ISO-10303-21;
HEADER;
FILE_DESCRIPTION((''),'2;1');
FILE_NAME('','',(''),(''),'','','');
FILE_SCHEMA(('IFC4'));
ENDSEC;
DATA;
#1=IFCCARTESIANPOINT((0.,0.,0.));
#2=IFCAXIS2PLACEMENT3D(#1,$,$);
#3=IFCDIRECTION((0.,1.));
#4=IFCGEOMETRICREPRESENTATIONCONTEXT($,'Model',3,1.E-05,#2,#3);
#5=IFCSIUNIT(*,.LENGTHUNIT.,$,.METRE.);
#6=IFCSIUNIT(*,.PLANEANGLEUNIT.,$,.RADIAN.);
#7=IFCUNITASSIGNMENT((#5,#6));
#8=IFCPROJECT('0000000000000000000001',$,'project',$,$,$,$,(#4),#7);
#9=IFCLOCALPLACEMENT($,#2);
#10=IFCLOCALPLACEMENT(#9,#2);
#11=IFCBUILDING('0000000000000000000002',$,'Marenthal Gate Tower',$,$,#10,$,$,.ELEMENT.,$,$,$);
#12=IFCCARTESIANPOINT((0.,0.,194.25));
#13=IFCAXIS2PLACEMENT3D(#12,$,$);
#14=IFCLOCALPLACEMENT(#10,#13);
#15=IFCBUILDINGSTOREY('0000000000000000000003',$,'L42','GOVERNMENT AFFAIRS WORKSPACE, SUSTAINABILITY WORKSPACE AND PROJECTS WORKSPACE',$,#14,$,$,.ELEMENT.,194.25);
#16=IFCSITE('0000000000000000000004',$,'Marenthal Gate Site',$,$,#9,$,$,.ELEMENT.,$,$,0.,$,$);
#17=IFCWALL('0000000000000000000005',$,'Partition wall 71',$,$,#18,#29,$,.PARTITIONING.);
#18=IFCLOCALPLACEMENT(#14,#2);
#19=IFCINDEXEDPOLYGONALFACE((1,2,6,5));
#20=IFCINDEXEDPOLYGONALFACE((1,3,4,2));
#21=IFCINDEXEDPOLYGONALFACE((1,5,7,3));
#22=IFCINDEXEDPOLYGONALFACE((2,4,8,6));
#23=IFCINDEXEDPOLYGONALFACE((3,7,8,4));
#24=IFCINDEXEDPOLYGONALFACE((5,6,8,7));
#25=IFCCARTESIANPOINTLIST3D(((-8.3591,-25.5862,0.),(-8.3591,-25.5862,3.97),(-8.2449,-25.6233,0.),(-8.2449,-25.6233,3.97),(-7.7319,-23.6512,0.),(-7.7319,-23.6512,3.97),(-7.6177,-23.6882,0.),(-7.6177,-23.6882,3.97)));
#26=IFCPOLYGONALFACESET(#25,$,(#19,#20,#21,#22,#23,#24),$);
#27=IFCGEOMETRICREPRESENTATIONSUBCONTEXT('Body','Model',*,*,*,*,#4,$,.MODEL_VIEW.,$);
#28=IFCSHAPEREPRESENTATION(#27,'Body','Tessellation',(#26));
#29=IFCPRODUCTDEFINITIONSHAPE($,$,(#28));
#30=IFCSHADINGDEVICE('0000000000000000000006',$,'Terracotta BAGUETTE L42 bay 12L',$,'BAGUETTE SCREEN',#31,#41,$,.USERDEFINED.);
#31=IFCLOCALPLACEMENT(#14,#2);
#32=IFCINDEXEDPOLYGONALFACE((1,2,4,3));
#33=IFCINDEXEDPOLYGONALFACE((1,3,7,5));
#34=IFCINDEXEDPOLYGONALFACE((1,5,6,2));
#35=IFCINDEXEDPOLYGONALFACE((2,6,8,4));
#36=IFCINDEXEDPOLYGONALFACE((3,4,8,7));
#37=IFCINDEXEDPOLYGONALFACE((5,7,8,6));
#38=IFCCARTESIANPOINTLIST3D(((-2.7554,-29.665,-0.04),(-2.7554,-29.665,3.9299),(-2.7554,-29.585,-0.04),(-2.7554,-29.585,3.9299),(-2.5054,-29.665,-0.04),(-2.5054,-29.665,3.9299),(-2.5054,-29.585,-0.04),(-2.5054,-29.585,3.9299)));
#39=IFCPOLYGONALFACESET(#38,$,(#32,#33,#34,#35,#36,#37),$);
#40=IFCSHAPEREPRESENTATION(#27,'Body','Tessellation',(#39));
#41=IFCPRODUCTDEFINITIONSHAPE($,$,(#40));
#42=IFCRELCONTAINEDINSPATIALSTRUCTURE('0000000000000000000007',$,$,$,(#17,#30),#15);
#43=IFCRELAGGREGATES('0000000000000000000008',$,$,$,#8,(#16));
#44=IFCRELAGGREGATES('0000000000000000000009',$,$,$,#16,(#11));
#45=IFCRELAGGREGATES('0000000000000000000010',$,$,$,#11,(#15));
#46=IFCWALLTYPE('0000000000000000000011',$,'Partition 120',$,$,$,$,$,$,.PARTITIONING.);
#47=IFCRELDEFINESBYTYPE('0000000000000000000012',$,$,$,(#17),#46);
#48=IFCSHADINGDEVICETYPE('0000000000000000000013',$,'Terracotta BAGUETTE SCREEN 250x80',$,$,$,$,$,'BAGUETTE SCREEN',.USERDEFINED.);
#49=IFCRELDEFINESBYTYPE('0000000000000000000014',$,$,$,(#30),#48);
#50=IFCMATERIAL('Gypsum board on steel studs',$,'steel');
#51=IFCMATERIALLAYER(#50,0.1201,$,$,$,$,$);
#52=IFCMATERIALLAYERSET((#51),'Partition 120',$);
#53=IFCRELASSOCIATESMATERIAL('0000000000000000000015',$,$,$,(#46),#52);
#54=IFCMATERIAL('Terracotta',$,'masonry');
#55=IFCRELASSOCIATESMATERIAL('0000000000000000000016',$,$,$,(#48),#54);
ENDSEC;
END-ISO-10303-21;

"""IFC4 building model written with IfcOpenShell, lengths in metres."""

from ifc_helpers import new_model, si_unit, direction, frame, frame_2d, origin, origin_2d, place, context, subcontext, project, spatial, rectangle, extrude, material, layer, layer_set, material_profile, profile_set, type_object, element, save


model = new_model("IFC4")

# Units and contexts
model_context = context("Model", 3, precision=1e-05, world=origin(), true_north=direction((0.0, 1.0)))
body_context = subcontext(model_context, "Body", "Model", "MODEL_VIEW")
ifc_project = project(units=[si_unit("LENGTHUNIT", "METRE"), si_unit("PLANEANGLEUNIT", "RADIAN")], contexts=[model_context])

# Site, building, storey
site_placement = place(None, origin())
site = spatial("IfcSite", under=ifc_project, at=site_placement, Name="Marenthal Gate Site", CompositionType="ELEMENT", RefElevation=0.0)
building_placement = place(site_placement, origin())
building = spatial("IfcBuilding", under=site, at=building_placement, Name="Marenthal Gate Tower", CompositionType="ELEMENT")
storey_placement = place(building_placement, frame((0.0, 0.0, 194.25)))
storey = spatial("IfcBuildingStorey", under=building, at=storey_placement, Name="L42", Description="GOVERNMENT AFFAIRS WORKSPACE, SUSTAINABILITY WORKSPACE AND PROJECTS WORKSPACE", CompositionType="ELEMENT", Elevation=194.25)

# Wall
ifc_material_1 = material(Name="Gypsum board on steel studs", Category="steel")
ifc_layer_1 = layer(ifc_material_1, 0.1201)
ifc_layer_set_1 = layer_set([ifc_layer_1], Name="Partition 120")
wall_type_1 = type_object("IfcWallType", Name="Partition 120", PredefinedType="PARTITIONING", material=ifc_layer_set_1)
wall_1_placement = place(storey_placement, frame((-7.6748, -23.6697, 0.0), z_axis=(0.0, 0.0, 1.0), x_axis=(-0.308332, -0.951279, 0.0)))
element("IfcWall", 1, at=wall_1_placement, inside=storey, type_object=wall_type_1, Name="Partition wall 71", PredefinedType="PARTITIONING", context=body_context, shape_type="SweptSolid", body=[
    extrude(rectangle(XDim=2.0342, YDim=0.1201, at=frame_2d((1.0171, 0.0))), origin(), (0.0, 0.0, 1.0), 3.97),
])

# Shading device
ifc_material_2 = material(Name="Terracotta", Category="masonry")
ifc_material_profile_1 = material_profile(ifc_material_2, rectangle(XDim=0.25, YDim=0.0801, at=origin_2d()), Name="Terracotta baguette 250x80")
ifc_profile_set_1 = profile_set([ifc_material_profile_1], Name="Terracotta")
shading_device_type = type_object("IfcShadingDeviceType", Name="Terracotta BAGUETTE SCREEN 250x80", ElementType="BAGUETTE SCREEN", PredefinedType="USERDEFINED", material=ifc_profile_set_1)
shading_device_placement = place(storey_placement, frame((-2.6304, -29.625, -0.04), z_axis=(0.0, 0.0, 1.0), x_axis=(1.0, 0.0, 0.0)))
element("IfcShadingDevice", 2, at=shading_device_placement, inside=storey, type_object=shading_device_type, Name="Terracotta BAGUETTE L42 bay 12L", ObjectType="BAGUETTE SCREEN", PredefinedType="USERDEFINED", context=body_context, shape_type="SweptSolid", body=[
    extrude(rectangle(XDim=0.25, YDim=0.0801, at=origin_2d()), origin(), (0.0, 0.0, 1.0), 3.97),
])

save(model, "model.ifc")
